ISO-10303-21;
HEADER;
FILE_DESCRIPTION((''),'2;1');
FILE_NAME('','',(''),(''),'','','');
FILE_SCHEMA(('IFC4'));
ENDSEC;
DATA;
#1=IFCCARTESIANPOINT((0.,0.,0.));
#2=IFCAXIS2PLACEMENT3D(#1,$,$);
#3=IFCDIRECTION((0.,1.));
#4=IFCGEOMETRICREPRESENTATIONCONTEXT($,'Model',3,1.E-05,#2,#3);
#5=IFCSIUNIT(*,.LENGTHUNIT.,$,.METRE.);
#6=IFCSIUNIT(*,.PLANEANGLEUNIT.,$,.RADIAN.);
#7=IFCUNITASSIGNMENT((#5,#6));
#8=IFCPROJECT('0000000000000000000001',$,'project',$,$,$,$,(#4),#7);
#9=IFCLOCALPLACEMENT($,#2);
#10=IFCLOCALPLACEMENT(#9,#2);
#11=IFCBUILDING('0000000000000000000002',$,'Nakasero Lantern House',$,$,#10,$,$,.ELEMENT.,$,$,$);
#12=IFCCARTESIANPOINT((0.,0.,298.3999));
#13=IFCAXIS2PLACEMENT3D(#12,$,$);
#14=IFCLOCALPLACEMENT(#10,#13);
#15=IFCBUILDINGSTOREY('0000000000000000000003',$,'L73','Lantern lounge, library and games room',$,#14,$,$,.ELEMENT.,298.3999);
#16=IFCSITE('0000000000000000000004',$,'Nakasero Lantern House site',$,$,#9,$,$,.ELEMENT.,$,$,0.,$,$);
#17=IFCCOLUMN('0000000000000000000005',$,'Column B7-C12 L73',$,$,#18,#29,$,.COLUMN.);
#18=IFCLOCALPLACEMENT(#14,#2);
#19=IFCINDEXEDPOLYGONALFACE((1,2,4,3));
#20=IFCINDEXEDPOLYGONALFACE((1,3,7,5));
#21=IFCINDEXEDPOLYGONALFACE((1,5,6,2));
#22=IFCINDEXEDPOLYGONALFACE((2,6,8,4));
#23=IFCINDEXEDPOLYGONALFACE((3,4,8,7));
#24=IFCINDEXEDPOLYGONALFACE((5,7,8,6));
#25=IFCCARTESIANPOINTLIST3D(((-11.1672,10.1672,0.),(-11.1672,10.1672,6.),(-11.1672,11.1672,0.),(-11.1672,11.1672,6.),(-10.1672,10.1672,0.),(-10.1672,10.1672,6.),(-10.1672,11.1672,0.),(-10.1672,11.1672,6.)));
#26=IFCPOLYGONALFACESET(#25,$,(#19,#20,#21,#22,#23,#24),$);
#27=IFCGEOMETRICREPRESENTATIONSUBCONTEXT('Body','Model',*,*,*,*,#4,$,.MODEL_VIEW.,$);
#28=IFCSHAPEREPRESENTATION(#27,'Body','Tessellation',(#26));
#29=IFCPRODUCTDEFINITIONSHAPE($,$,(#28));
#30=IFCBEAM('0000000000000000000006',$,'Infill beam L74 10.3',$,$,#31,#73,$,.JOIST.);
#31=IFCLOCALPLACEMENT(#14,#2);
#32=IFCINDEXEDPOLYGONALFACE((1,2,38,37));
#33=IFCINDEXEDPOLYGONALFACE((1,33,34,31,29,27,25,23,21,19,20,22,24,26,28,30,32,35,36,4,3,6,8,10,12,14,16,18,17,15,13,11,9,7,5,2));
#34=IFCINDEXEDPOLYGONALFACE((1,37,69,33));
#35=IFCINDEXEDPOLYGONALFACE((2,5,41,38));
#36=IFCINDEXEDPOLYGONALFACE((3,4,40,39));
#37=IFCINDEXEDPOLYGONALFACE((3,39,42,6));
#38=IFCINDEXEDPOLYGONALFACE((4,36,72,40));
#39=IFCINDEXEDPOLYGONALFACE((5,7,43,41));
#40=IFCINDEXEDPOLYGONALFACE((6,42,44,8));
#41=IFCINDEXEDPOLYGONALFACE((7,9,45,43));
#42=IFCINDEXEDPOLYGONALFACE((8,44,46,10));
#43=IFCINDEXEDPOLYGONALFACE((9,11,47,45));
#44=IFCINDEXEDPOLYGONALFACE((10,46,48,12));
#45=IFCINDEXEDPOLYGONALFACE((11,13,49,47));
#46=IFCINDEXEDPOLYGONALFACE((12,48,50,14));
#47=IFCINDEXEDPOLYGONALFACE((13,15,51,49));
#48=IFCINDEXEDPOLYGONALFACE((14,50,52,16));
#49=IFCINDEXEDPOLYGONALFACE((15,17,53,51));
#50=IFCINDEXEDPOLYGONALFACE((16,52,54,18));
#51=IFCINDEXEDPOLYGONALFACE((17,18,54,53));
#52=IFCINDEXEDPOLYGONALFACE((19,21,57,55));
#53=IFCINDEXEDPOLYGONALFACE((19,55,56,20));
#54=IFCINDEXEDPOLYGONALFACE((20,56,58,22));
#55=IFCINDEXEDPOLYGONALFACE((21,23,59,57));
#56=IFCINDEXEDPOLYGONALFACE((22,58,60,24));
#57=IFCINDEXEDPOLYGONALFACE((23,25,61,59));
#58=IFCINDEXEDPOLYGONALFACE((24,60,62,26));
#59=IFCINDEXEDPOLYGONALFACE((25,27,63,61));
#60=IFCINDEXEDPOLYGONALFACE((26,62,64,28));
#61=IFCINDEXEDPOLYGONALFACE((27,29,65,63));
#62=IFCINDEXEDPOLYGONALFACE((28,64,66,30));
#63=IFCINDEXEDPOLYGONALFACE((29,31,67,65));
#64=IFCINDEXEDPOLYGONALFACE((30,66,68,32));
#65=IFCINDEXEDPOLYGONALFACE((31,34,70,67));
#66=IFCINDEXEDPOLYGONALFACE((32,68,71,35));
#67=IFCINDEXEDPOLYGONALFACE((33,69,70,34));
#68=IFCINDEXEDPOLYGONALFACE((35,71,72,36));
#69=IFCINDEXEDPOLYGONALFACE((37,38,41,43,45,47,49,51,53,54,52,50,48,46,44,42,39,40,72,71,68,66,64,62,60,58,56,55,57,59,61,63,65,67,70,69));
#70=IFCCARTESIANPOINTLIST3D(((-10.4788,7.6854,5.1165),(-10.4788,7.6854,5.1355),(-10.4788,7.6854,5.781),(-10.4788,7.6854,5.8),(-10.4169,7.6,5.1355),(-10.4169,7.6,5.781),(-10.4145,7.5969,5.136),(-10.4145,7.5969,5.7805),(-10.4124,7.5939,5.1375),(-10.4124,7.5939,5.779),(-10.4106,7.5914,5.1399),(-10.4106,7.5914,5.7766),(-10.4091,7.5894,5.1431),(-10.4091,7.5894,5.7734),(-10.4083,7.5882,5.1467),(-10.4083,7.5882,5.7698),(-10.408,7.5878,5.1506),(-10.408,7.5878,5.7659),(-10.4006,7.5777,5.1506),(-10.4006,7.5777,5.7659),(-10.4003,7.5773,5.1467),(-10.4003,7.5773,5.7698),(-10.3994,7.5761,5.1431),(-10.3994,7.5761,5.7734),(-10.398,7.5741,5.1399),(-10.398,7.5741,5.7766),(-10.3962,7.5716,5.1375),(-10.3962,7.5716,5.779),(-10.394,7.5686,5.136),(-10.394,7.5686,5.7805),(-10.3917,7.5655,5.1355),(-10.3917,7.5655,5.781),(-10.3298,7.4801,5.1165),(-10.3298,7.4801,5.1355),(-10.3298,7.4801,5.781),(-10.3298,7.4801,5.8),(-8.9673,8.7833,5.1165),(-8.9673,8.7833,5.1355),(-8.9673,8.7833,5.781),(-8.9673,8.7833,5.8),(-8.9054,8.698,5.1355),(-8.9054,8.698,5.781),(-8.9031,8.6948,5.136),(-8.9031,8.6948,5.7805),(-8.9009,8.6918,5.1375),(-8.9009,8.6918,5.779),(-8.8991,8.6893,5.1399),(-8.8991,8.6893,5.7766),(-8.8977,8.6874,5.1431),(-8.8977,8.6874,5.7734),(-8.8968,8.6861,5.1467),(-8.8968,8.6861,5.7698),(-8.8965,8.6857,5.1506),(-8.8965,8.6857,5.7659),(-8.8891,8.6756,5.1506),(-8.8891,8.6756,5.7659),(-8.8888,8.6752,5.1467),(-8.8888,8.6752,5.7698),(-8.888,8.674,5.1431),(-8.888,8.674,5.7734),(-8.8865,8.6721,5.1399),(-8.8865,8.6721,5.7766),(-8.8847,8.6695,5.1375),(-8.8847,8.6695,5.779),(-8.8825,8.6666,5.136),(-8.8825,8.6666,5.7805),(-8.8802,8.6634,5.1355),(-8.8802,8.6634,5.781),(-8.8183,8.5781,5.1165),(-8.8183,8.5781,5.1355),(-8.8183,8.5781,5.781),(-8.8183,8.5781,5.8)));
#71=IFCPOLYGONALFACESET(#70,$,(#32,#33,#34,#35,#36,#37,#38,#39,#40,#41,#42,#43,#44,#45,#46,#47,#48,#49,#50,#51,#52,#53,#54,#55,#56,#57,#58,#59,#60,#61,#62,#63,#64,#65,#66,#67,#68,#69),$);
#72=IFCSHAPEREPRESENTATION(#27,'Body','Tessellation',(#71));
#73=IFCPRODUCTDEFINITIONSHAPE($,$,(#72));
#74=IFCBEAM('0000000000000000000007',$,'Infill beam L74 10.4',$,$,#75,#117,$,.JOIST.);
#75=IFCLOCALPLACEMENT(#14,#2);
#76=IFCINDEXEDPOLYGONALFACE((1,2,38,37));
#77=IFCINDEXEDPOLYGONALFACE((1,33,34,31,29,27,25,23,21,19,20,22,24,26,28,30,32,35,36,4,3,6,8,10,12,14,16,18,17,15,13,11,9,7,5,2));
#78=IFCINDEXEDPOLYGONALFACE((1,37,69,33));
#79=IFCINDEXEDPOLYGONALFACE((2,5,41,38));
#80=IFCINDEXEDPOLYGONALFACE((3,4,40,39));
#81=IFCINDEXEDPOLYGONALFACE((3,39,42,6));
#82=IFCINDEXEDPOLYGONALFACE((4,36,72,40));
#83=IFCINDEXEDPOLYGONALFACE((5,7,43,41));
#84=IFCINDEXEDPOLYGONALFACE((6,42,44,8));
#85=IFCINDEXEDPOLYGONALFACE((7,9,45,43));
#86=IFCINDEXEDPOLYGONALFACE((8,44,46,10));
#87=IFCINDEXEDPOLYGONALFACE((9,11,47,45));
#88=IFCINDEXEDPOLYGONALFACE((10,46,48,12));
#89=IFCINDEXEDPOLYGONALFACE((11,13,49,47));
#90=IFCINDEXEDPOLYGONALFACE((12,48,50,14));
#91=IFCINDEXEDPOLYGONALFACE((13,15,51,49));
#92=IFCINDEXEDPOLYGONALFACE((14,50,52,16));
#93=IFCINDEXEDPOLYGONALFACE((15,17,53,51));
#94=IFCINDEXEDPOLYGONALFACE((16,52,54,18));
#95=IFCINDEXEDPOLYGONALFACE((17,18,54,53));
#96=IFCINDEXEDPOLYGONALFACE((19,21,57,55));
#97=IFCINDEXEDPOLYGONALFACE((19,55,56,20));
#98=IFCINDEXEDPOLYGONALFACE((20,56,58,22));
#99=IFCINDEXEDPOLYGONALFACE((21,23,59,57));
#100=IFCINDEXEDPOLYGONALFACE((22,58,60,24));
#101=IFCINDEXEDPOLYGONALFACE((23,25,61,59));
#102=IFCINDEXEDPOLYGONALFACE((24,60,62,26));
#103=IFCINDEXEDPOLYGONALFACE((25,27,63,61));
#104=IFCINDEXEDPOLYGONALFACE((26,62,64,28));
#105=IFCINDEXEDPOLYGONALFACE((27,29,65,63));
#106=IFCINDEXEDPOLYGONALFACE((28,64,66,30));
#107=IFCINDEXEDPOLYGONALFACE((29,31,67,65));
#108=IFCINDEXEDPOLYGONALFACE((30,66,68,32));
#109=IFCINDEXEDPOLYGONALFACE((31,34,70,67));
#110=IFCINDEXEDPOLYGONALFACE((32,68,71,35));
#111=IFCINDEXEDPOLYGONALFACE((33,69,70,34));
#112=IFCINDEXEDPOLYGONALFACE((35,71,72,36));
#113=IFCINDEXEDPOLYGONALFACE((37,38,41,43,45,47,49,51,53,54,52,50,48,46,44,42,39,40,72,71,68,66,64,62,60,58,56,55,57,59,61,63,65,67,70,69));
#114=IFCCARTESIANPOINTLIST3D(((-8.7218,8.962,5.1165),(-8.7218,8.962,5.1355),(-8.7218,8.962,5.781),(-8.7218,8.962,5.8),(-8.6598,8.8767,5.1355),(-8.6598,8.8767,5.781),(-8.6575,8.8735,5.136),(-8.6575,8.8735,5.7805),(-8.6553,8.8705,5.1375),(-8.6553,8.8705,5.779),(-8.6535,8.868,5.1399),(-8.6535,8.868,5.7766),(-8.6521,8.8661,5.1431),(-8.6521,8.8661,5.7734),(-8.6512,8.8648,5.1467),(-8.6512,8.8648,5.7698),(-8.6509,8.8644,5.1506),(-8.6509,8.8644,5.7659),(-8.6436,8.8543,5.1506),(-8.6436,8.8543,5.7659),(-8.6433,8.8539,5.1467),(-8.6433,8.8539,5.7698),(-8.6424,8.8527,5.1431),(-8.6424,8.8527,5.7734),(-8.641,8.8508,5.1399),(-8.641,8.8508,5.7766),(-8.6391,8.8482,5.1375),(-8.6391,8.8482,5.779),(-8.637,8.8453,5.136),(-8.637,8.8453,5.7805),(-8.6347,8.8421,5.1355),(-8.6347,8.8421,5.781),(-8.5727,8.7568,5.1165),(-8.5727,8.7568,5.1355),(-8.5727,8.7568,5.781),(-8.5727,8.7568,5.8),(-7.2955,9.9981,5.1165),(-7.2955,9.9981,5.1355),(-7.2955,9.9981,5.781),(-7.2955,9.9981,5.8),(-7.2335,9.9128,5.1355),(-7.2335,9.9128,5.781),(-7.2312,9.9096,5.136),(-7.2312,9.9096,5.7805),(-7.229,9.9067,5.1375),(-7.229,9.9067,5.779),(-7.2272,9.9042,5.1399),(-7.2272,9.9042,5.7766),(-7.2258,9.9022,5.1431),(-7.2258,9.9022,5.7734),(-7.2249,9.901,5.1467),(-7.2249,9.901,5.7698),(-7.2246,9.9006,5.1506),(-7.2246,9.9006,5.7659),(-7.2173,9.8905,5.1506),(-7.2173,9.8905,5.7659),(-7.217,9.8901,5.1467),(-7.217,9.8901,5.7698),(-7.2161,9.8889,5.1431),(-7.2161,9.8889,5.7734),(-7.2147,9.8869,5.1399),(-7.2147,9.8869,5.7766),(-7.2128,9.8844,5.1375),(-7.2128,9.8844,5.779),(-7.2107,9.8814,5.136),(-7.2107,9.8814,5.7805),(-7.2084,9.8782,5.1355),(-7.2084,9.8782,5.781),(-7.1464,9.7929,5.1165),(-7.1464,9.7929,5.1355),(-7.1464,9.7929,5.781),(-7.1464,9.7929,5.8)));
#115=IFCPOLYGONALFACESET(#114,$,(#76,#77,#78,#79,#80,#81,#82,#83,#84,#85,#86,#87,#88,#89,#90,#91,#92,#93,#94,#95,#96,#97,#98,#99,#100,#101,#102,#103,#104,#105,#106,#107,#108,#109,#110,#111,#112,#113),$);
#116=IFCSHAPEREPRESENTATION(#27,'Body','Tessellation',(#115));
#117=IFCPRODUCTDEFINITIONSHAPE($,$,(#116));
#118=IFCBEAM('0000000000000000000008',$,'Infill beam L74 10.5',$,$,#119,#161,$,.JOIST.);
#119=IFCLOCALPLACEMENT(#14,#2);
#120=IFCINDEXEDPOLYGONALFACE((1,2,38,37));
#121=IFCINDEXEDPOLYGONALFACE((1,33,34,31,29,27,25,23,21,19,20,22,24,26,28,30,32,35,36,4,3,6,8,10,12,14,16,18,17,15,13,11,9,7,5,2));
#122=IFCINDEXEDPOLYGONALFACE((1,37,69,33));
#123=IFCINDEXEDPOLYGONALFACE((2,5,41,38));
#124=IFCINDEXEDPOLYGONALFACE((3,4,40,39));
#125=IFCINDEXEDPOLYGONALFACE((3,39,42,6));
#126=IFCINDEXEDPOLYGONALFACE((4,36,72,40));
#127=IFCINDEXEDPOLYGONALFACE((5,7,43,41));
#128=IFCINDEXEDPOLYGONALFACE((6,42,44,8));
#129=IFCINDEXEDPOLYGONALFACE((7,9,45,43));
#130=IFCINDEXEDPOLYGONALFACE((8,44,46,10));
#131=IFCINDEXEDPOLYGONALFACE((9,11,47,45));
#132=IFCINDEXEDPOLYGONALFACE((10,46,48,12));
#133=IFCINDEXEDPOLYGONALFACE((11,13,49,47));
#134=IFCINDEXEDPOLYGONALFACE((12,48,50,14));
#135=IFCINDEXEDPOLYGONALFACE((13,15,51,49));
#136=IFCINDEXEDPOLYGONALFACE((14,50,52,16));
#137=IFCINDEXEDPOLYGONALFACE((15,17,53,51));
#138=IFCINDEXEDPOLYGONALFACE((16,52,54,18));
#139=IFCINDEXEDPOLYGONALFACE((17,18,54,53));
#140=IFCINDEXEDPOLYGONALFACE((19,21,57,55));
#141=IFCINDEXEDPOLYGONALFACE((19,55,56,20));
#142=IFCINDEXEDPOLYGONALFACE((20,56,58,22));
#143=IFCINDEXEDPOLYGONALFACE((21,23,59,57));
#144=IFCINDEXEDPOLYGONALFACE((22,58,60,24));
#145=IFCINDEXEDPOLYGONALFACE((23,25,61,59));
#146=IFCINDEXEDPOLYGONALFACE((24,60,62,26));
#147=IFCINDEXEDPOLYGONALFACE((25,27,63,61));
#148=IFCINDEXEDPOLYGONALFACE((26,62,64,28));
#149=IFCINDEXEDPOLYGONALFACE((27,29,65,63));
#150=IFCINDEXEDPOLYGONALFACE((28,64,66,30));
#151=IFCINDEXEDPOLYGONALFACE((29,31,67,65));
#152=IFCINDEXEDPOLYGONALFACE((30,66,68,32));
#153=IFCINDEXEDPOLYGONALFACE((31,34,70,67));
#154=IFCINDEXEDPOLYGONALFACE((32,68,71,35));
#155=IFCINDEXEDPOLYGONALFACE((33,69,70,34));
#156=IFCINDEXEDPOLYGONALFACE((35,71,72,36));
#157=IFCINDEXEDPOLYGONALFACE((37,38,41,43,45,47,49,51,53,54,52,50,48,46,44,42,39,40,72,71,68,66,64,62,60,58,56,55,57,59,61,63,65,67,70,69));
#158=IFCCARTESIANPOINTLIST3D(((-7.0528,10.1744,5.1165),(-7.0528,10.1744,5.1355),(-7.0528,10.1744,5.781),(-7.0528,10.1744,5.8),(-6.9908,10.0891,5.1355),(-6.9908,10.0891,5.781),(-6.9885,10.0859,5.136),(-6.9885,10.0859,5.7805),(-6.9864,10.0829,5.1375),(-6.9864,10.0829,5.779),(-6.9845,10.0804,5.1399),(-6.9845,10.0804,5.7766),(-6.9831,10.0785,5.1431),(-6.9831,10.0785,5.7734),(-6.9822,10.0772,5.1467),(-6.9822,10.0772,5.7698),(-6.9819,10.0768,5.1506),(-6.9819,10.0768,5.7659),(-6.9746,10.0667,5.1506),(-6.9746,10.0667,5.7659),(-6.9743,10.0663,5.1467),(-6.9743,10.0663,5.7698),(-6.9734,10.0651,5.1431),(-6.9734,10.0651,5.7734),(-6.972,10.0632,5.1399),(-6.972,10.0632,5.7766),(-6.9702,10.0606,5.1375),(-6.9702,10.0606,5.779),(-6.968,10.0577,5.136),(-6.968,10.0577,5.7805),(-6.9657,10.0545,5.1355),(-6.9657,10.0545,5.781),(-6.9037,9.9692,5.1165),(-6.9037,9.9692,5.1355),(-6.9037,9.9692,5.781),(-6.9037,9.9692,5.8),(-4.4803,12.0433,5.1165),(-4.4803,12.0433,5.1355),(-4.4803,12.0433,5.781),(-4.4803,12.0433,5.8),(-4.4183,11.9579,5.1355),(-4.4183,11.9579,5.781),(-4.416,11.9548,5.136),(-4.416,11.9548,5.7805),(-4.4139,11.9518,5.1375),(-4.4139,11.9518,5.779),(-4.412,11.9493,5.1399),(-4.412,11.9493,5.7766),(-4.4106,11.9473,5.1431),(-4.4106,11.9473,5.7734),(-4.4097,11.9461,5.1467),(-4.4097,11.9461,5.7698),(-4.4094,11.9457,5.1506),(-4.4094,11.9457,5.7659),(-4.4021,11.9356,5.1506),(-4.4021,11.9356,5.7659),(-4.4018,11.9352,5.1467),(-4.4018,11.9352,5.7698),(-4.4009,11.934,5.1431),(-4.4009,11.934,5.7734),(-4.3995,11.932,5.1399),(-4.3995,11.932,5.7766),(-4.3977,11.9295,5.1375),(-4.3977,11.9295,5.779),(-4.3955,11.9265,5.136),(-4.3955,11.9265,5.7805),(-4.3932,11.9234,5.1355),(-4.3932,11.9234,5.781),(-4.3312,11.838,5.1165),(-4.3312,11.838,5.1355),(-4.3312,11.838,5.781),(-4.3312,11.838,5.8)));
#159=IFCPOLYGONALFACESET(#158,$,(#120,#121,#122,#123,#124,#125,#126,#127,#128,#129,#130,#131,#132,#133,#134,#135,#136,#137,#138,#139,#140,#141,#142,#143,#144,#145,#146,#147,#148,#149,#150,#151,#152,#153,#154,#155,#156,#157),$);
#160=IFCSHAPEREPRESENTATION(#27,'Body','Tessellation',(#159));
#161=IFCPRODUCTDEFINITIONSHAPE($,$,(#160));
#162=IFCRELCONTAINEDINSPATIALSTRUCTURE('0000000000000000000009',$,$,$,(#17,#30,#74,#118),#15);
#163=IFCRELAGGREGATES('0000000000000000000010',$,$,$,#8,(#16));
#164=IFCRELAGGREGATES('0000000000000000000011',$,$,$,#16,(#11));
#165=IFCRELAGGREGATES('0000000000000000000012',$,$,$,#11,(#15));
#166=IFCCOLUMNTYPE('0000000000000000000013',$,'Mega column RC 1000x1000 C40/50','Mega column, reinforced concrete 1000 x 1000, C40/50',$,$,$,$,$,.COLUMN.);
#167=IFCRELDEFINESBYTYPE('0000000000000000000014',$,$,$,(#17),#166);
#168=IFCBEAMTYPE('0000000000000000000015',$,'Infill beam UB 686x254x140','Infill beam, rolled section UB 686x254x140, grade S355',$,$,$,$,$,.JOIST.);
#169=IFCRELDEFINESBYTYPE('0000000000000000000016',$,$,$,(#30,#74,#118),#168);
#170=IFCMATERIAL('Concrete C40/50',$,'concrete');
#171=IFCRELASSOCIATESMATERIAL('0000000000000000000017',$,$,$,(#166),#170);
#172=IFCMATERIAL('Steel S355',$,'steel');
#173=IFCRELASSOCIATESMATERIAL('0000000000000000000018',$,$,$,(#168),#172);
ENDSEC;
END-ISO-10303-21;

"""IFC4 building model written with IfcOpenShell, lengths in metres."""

from ifc_helpers import new_model, si_unit, direction, frame, origin, origin_2d, place, context, subcontext, project, spatial, rectangle, i_section, extrude, material, material_profile, profile_set, type_object, element, save


model = new_model("IFC4")

# Units and contexts
model_context = context("Model", 3, precision=1e-05, world=origin(), true_north=direction((0.0, 1.0)))
body_context = subcontext(model_context, "Body", "Model", "MODEL_VIEW")
ifc_project = project(units=[si_unit("LENGTHUNIT", "METRE"), si_unit("PLANEANGLEUNIT", "RADIAN")], contexts=[model_context])

# Site, building, storey
site_placement = place(None, origin())
site = spatial("IfcSite", under=ifc_project, at=site_placement, Name="Nakasero Lantern House site", CompositionType="ELEMENT", RefElevation=0.0)
building_placement = place(site_placement, origin())
building = spatial("IfcBuilding", under=site, at=building_placement, Name="Nakasero Lantern House", CompositionType="ELEMENT")
storey_placement = place(building_placement, frame((0.0, 0.0, 298.3999)))
storey = spatial("IfcBuildingStorey", under=building, at=storey_placement, Name="L73", Description="Lantern lounge, library and games room", CompositionType="ELEMENT", Elevation=298.3999)

# Column
ifc_material_1 = material(Name="Concrete C40/50", Category="concrete")
ifc_material_profile_1 = material_profile(ifc_material_1, rectangle(XDim=1.0, YDim=1.0, at=origin_2d()), Name="RC 1000x1000")
ifc_profile_set_1 = profile_set([ifc_material_profile_1], Name="Concrete C40/50")
column_type = type_object("IfcColumnType", Name="Mega column RC 1000x1000 C40/50", Description="Mega column, reinforced concrete 1000 x 1000, C40/50", PredefinedType="COLUMN", material=ifc_profile_set_1)
column_placement = place(storey_placement, frame((-10.6672, 10.6672, 0.0), z_axis=(0.0, 0.0, 1.0), x_axis=(1.0, 0.0, 0.0)))
element("IfcColumn", 1, at=column_placement, inside=storey, type_object=column_type, Name="Column B7-C12 L73", PredefinedType="COLUMN", context=body_context, shape_type="SweptSolid", body=[
    extrude(rectangle(XDim=1.0, YDim=1.0, at=origin_2d()), origin(), (0.0, 0.0, 1.0), 6.0),
])

# Beams
ifc_material_2 = material(Name="Steel S355", Category="steel")
ifc_material_profile_2 = material_profile(ifc_material_2, i_section(OverallWidth=0.2537, OverallDepth=0.6836, WebThickness=0.0125, FlangeThickness=0.019, FilletRadius=0.0151, at=origin_2d()), Name="UB 686x254x140")
ifc_profile_set_2 = profile_set([ifc_material_profile_2], Name="Steel S355")
beam_type_1 = type_object("IfcBeamType", Name="Infill beam UB 686x254x140", Description="Infill beam, rolled section UB 686x254x140, grade S355", PredefinedType="JOIST", material=ifc_profile_set_2)
beam_1_placement = place(storey_placement, frame((-10.4043, 7.5828, 5.4583), z_axis=(0.809081, 0.587698, 0.0), x_axis=(-0.587698, 0.809081, 0.0)))
element("IfcBeam", 2, at=beam_1_placement, inside=storey, type_object=beam_type_1, Name="Infill beam L74 10.3", PredefinedType="JOIST", context=body_context, shape_type="SweptSolid", body=[
    extrude(i_section(OverallWidth=0.2537, OverallDepth=0.6836, WebThickness=0.0125, FlangeThickness=0.019, FilletRadius=0.0151, at=origin_2d()), origin(), (0.0, 0.0, 1.0), 1.8682),
])
beam_2_placement = place(storey_placement, frame((-8.6472, 8.8594, 5.4583), z_axis=(0.809047, 0.587743, 0.0), x_axis=(-0.587743, 0.809047, 0.0)))
element("IfcBeam", 3, at=beam_2_placement, inside=storey, type_object=beam_type_1, Name="Infill beam L74 10.4", PredefinedType="JOIST", context=body_context, shape_type="SweptSolid", body=[
    extrude(i_section(OverallWidth=0.2537, OverallDepth=0.6836, WebThickness=0.0125, FlangeThickness=0.019, FilletRadius=0.0151, at=origin_2d()), origin(), (0.0, 0.0, 1.0), 1.7629),
])
beam_3_placement = place(storey_placement, frame((-6.9783, 10.0718, 5.4583), z_axis=(0.809038, 0.587756, 0.0), x_axis=(-0.587756, 0.809038, 0.0)))
element("IfcBeam", 4, at=beam_3_placement, inside=storey, type_object=beam_type_1, Name="Infill beam L74 10.5", PredefinedType="JOIST", context=body_context, shape_type="SweptSolid", body=[
    extrude(i_section(OverallWidth=0.2537, OverallDepth=0.6836, WebThickness=0.0125, FlangeThickness=0.019, FilletRadius=0.0151, at=origin_2d()), origin(), (0.0, 0.0, 1.0), 3.1797),
])

save(model, "model.ifc")
